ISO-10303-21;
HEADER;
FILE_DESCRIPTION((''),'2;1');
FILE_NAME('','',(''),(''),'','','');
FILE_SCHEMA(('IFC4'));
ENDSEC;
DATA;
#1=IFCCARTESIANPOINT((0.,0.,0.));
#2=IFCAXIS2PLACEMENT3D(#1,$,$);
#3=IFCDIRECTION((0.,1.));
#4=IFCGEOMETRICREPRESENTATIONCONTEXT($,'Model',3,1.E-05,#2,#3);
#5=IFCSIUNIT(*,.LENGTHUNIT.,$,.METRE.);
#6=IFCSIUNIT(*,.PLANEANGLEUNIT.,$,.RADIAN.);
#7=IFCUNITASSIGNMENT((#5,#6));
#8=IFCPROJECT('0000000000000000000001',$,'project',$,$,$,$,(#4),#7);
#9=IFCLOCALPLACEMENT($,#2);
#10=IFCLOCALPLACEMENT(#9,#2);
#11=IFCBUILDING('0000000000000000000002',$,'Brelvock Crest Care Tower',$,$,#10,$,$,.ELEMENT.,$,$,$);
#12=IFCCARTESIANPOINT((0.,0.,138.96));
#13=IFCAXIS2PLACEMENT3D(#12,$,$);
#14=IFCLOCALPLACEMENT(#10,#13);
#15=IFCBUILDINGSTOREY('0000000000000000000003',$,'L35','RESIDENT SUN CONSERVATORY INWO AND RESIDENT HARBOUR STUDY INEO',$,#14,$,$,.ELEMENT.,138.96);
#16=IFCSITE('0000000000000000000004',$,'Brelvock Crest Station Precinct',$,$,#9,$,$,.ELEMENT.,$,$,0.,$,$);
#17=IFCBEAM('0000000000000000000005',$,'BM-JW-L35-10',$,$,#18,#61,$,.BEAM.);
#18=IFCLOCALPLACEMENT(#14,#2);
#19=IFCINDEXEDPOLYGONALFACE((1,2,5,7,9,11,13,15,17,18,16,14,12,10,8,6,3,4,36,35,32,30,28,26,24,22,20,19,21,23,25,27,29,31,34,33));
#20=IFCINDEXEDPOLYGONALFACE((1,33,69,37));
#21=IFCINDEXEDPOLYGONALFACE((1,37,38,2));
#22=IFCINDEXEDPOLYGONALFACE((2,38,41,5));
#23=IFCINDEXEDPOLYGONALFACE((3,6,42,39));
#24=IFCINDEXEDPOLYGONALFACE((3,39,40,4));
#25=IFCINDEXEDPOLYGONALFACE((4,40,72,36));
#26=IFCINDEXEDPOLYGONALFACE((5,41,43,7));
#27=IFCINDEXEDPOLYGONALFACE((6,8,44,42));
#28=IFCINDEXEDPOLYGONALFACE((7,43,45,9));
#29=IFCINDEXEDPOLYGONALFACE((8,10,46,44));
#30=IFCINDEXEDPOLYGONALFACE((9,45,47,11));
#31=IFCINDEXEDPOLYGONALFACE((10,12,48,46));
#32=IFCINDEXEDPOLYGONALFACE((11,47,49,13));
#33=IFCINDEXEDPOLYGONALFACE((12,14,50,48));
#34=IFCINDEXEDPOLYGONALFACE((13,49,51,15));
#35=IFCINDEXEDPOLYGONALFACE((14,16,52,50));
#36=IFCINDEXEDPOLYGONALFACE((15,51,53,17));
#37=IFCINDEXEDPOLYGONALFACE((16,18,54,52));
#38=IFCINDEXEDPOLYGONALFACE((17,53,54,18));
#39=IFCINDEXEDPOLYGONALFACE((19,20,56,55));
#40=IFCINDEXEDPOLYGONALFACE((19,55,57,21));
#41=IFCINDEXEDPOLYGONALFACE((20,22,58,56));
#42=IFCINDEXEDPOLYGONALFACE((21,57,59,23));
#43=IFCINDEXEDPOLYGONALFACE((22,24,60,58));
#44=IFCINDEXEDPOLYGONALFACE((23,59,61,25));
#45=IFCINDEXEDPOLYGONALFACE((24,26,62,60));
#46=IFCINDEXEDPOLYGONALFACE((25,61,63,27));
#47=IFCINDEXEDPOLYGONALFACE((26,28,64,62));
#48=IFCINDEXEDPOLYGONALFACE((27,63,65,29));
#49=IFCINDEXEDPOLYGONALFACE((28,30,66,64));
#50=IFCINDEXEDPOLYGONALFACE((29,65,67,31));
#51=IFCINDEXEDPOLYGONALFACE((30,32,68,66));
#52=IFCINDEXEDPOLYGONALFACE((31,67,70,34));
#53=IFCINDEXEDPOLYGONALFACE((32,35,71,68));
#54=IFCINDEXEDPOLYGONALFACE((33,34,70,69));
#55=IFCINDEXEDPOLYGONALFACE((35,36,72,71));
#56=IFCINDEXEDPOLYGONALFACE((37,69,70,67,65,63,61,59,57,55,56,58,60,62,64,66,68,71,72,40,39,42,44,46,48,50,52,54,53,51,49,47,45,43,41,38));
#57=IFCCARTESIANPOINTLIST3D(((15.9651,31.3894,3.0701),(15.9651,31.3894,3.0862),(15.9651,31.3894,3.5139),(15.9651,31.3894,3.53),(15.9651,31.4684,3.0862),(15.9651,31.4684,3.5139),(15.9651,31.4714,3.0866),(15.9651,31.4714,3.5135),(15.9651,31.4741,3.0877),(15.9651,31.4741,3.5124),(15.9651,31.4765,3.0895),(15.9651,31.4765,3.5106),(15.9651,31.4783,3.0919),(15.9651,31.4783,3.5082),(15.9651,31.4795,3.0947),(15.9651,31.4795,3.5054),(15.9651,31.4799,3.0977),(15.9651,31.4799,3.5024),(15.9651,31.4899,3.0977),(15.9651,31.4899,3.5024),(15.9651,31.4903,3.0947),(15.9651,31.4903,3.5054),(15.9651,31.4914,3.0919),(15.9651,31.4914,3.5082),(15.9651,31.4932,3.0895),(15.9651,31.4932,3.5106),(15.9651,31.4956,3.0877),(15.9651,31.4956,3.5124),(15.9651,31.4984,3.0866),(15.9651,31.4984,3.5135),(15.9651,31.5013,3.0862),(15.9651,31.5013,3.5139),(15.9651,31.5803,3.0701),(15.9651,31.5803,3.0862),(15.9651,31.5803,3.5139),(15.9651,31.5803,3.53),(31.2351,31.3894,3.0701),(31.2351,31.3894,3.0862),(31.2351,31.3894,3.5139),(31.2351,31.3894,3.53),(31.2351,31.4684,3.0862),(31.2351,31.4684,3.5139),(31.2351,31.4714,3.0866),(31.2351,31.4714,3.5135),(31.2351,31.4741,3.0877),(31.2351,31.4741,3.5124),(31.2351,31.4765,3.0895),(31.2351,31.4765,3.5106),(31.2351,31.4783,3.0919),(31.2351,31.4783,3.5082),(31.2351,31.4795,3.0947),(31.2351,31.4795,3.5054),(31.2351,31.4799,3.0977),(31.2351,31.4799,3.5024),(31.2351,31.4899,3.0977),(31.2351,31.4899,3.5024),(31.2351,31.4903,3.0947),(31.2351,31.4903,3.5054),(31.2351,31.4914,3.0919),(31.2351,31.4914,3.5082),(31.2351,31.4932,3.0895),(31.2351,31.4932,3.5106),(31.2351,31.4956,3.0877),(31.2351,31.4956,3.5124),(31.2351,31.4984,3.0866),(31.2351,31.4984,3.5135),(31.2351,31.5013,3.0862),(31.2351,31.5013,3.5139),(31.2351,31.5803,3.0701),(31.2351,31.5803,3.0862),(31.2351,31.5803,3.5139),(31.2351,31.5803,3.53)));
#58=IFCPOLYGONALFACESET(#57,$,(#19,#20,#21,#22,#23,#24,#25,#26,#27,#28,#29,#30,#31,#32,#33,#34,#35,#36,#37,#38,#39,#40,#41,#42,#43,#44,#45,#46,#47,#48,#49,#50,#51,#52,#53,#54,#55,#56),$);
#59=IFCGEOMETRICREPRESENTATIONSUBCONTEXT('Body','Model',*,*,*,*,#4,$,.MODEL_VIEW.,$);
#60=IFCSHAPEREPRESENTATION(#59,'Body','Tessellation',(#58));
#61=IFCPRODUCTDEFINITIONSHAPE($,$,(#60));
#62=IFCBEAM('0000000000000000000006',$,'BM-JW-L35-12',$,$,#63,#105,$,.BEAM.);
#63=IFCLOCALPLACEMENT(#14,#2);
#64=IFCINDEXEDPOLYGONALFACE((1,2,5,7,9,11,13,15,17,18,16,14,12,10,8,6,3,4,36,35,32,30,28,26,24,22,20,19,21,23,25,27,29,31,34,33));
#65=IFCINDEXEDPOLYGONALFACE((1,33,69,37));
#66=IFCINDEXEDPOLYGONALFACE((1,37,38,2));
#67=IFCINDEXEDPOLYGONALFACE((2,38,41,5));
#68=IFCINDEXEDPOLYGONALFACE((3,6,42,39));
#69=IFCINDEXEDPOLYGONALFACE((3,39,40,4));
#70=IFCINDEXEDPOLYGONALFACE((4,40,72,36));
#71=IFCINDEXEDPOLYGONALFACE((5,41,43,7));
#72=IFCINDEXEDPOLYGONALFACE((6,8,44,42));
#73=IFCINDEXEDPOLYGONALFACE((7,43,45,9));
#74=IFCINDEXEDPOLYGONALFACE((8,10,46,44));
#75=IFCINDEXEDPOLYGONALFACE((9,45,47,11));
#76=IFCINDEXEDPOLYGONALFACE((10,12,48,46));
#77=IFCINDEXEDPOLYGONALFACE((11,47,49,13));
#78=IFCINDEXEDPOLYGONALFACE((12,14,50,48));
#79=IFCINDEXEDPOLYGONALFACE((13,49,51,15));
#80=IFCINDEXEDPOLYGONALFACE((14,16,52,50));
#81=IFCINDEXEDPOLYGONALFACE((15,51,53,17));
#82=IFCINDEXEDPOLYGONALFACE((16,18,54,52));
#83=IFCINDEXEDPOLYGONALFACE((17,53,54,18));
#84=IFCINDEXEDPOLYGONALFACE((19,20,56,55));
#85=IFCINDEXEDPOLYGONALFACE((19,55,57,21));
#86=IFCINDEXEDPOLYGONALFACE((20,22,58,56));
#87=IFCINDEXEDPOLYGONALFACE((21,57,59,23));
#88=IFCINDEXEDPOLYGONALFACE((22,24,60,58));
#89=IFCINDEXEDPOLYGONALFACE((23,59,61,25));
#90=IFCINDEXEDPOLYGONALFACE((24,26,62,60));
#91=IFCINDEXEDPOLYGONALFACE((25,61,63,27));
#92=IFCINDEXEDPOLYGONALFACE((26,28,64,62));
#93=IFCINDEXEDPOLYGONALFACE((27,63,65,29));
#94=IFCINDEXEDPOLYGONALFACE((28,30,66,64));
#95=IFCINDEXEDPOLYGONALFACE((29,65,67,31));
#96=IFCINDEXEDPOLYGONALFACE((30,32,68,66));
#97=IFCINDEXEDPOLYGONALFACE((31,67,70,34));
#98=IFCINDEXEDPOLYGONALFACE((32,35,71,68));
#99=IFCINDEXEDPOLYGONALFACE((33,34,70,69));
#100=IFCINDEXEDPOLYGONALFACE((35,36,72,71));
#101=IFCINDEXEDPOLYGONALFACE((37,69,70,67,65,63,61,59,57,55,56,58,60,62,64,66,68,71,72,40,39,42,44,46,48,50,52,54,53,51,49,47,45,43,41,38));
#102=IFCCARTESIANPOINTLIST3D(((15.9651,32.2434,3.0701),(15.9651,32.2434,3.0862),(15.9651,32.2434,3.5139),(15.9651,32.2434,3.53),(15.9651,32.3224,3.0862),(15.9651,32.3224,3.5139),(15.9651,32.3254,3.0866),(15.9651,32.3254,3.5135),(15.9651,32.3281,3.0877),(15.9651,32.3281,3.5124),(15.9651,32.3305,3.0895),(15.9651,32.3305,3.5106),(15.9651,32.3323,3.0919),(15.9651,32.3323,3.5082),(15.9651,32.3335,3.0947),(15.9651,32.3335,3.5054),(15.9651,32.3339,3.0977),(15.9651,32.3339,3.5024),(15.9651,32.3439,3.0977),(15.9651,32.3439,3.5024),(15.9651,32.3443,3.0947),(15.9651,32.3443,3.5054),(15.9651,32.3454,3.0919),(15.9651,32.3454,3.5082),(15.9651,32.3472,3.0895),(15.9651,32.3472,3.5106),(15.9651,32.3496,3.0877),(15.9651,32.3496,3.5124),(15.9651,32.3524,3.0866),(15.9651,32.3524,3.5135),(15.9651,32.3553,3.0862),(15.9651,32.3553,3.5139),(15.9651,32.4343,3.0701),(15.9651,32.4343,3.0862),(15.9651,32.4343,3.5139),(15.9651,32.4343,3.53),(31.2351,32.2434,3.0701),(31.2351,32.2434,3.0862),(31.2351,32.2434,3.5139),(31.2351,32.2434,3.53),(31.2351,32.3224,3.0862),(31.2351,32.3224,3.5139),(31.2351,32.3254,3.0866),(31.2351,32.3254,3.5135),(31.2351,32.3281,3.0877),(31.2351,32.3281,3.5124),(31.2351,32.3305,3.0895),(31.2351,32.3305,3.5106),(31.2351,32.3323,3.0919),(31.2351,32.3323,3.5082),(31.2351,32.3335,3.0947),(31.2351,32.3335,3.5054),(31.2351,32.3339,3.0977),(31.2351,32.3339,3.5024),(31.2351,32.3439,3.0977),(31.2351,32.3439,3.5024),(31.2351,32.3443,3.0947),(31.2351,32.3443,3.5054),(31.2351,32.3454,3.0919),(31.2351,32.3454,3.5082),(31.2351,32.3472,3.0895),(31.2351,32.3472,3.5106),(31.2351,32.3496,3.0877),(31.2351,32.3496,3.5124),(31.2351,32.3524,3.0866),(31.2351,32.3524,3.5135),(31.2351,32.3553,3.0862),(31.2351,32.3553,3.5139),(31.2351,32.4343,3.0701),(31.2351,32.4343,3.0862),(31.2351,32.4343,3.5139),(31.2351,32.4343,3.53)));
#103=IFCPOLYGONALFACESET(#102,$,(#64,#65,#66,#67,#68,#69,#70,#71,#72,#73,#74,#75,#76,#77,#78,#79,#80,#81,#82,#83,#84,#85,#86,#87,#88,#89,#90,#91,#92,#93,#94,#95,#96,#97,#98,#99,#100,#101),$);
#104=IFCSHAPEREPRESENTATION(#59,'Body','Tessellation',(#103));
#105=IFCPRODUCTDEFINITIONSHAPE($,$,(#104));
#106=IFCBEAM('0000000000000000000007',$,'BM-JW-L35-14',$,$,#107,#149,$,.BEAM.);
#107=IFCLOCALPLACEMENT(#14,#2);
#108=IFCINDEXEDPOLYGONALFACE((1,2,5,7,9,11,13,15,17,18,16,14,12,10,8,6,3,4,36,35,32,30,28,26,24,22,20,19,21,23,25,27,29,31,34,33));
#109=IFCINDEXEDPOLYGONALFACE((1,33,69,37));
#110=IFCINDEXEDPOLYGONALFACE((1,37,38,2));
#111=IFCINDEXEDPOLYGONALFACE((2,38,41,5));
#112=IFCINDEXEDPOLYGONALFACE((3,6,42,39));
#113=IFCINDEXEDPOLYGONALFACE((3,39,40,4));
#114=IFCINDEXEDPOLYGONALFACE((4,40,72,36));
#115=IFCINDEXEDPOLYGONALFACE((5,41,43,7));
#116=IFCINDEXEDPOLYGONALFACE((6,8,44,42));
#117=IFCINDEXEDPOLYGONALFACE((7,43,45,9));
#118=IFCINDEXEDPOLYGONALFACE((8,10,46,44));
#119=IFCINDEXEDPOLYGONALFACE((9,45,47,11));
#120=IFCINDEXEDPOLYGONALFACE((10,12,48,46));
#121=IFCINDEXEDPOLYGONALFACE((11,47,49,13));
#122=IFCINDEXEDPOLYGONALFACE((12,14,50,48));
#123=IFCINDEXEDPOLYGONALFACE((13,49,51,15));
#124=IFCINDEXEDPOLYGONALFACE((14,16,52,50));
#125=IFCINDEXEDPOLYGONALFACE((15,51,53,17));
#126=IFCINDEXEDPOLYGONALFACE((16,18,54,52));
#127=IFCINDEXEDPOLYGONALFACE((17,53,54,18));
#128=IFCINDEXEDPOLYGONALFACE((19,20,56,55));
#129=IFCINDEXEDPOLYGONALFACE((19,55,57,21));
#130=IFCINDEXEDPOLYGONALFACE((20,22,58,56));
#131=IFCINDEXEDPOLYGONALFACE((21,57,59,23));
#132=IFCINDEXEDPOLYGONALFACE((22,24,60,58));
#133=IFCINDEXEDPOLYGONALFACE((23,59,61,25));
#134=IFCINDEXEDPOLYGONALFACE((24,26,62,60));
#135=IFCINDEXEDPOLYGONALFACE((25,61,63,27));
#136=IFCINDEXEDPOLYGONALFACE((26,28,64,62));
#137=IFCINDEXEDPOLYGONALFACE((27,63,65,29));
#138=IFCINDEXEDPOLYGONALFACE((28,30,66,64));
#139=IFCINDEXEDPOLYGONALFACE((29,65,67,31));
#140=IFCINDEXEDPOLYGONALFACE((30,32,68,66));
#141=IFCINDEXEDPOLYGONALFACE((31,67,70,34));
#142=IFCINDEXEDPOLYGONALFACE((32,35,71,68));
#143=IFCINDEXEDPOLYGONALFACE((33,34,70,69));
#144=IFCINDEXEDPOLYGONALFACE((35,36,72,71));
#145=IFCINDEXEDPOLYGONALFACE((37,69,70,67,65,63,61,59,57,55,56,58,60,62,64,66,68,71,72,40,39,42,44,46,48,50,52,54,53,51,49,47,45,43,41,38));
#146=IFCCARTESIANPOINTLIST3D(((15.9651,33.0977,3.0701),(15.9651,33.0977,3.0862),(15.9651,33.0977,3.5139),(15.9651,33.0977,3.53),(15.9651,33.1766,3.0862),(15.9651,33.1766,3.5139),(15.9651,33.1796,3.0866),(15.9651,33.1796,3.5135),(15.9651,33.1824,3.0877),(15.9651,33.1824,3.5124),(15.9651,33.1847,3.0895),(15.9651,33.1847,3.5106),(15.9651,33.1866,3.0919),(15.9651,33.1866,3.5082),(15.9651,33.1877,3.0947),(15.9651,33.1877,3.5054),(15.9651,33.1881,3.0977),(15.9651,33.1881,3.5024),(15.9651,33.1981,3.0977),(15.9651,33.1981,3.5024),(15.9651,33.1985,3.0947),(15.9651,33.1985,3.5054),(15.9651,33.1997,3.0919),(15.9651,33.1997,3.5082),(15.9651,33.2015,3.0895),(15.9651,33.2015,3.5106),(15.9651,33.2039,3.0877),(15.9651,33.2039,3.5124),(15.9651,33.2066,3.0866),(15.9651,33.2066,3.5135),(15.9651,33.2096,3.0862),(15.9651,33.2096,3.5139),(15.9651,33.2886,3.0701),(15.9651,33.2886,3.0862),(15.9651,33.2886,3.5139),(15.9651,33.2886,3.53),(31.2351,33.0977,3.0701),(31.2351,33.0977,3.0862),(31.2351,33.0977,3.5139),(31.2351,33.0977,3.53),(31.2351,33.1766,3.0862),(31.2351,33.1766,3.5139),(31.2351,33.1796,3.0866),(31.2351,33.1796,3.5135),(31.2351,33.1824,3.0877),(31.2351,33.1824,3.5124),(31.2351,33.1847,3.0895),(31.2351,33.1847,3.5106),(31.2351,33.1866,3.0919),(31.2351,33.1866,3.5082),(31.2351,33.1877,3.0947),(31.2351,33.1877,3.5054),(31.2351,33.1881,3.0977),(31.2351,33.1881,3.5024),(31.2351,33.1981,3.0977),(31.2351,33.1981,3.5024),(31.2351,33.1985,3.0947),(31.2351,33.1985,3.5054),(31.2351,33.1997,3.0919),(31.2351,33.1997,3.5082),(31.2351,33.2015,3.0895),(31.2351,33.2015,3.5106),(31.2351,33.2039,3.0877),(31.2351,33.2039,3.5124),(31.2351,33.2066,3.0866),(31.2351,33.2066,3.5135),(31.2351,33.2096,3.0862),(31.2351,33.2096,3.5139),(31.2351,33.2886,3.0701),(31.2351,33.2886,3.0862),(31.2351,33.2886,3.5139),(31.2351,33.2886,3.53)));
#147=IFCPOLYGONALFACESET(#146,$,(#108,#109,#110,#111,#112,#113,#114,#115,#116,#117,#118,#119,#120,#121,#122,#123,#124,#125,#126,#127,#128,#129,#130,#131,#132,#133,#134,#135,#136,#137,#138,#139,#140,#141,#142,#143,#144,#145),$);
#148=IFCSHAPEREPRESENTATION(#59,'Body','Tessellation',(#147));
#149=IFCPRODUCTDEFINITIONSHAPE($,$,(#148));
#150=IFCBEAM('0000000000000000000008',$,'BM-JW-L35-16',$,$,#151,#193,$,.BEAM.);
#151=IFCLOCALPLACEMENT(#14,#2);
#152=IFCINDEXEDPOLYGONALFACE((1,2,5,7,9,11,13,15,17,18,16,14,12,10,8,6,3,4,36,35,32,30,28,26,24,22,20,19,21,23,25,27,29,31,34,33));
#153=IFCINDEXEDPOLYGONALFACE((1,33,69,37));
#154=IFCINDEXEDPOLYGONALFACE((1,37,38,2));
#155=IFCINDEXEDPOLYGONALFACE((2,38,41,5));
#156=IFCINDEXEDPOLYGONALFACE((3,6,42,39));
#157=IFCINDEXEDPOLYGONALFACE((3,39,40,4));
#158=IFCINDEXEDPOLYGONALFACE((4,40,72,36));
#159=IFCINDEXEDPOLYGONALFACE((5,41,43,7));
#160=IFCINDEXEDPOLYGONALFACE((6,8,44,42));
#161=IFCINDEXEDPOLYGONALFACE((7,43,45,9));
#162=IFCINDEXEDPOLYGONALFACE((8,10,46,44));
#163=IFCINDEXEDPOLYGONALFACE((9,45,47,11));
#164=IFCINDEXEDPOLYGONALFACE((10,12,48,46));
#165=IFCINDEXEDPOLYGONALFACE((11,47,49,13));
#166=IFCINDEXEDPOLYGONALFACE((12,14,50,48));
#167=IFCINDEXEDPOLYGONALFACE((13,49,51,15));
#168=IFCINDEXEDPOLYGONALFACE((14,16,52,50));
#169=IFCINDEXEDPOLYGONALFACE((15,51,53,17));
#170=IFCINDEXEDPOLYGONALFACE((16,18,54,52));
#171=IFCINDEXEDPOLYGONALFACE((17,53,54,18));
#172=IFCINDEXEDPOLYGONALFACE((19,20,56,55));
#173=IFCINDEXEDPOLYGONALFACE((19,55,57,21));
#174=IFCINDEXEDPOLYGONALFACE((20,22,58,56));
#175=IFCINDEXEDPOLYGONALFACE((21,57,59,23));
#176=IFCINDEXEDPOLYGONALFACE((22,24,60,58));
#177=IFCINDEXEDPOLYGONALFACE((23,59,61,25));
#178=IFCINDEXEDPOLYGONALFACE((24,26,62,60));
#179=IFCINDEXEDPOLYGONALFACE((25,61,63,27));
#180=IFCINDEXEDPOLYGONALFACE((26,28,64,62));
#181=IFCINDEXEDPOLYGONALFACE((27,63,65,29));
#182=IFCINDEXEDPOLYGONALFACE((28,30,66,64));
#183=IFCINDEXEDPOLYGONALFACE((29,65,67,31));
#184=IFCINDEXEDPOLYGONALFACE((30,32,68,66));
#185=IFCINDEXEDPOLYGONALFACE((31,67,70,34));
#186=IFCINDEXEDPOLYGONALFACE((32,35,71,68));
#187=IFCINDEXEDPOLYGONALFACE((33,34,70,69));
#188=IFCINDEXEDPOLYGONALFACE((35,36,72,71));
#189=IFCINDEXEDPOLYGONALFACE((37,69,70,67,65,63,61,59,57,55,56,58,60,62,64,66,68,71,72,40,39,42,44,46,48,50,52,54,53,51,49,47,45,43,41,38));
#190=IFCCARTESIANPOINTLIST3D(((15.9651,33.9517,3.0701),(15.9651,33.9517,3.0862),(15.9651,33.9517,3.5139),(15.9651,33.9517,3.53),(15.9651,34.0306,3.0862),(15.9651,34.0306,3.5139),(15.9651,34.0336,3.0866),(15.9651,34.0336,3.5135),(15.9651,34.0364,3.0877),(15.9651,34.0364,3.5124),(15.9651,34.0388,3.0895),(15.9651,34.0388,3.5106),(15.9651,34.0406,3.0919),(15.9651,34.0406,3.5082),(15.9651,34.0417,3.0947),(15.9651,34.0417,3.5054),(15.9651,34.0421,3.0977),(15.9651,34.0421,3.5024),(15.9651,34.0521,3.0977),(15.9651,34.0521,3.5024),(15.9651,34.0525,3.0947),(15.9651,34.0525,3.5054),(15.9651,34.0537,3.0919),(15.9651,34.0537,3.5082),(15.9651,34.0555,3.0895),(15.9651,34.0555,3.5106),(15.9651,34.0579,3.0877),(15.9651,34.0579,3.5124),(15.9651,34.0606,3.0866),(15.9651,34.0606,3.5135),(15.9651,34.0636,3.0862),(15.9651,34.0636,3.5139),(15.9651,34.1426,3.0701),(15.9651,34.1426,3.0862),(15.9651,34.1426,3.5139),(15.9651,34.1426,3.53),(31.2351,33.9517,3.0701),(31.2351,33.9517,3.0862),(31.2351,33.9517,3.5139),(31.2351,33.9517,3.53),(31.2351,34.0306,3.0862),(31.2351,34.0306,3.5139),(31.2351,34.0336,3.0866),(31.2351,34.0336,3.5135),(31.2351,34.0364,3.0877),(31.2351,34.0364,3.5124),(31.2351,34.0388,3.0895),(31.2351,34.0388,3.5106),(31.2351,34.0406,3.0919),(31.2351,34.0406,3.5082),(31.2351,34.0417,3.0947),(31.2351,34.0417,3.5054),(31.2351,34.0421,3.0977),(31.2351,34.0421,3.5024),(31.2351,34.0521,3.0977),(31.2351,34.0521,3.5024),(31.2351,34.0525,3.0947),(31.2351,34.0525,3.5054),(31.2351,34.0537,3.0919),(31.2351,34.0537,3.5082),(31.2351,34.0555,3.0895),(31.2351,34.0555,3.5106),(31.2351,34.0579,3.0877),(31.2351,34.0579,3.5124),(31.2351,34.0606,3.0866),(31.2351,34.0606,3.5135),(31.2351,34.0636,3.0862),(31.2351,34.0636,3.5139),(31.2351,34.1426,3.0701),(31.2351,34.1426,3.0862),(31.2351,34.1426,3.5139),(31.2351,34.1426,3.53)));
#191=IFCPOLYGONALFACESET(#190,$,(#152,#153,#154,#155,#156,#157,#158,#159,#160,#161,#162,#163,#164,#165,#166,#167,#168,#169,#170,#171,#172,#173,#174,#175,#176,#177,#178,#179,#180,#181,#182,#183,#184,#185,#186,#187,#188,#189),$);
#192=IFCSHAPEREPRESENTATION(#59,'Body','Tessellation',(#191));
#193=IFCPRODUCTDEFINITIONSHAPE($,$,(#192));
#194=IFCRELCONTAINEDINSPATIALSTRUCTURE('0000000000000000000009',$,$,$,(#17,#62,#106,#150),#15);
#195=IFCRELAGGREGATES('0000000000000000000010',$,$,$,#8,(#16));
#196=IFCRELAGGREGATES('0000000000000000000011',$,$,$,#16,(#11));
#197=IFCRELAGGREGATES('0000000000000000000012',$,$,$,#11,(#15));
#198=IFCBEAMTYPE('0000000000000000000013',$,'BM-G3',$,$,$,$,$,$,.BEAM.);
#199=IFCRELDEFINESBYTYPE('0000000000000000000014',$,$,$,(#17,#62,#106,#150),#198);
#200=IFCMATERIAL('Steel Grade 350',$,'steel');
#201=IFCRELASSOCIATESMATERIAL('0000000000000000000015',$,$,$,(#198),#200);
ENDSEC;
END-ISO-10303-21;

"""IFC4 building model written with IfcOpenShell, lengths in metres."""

from ifc_helpers import new_model, si_unit, direction, frame, origin, origin_2d, place, context, subcontext, project, spatial, i_section, extrude, source, transform, mapped, material, material_profile, profile_set, type_object, element, save


model = new_model("IFC4")

# Units and contexts
model_context = context("Model", 3, precision=1e-05, world=origin(), true_north=direction((0.0, 1.0)))
body_context = subcontext(model_context, "Body", "Model", "MODEL_VIEW")
ifc_project = project(units=[si_unit("LENGTHUNIT", "METRE"), si_unit("PLANEANGLEUNIT", "RADIAN")], contexts=[model_context])

# Site, building, storey
site_placement = place(None, origin())
site = spatial("IfcSite", under=ifc_project, at=site_placement, Name="Brelvock Crest Station Precinct", CompositionType="ELEMENT", RefElevation=0.0)
building_placement = place(site_placement, origin())
building = spatial("IfcBuilding", under=site, at=building_placement, Name="Brelvock Crest Care Tower", CompositionType="ELEMENT")
storey_placement = place(building_placement, frame((0.0, 0.0, 138.96)))
storey = spatial("IfcBuildingStorey", under=building, at=storey_placement, Name="L35", Description="RESIDENT SUN CONSERVATORY INWO AND RESIDENT HARBOUR STUDY INEO", CompositionType="ELEMENT", Elevation=138.96)

# Shared definitions
ifc_material_1 = material(Name="Steel Grade 350", Category="steel")

# Beams
ifc_material_profile_1 = material_profile(ifc_material_1, i_section(OverallWidth=0.1909, OverallDepth=0.46, WebThickness=0.01, FlangeThickness=0.0161, FilletRadius=0.0115, at=origin_2d()), Name="460UB82.1")
ifc_profile_set_1 = profile_set([ifc_material_profile_1], Name="Steel Grade 350")
beam_type_1 = type_object("IfcBeamType", Name="BM-G3", PredefinedType="BEAM", material=ifc_profile_set_1)
shared_shape_1 = source(origin(), body_context, "Body", "SweptSolid", [
    extrude(i_section(OverallWidth=0.1909, OverallDepth=0.46, WebThickness=0.01, FlangeThickness=0.0161, FilletRadius=0.0115, at=origin_2d()), origin(), (0.0, 0.0, 1.0), 15.27),
])
for number, where, z_axis, x_axis, name in (
    (1, (15.9651, 31.4849, 3.3), (1.0, 0.0, 0.0), (0.0, 1.0, 0.0), "BM-JW-L35-10"),
    (2, (15.9651, 32.3389, 3.3), (1.0, 0.0, 0.0), (0.0, 1.0, 0.0), "BM-JW-L35-12"),
    (3, (15.9651, 33.1931, 3.3), (1.0, 0.0, 0.0), (0.0, 1.0, 0.0), "BM-JW-L35-14"),
    (4, (15.9651, 34.0471, 3.3), (1.0, 0.0, 0.0), (0.0, 1.0, 0.0), "BM-JW-L35-16"),
):
    element("IfcBeam", number, at=place(storey_placement, frame(where, z_axis=z_axis, x_axis=x_axis)), inside=storey, type_object=beam_type_1, Name=name, PredefinedType="BEAM", context=body_context, shape_type="MappedRepresentation", body=[
        mapped(shared_shape_1, transform((0.0, 0.0, 0.0), x_axis=(1.0, 0.0, 0.0), y_axis=(0.0, 1.0, 0.0), z_axis=(0.0, 0.0, 1.0), scale=1.0)),
    ])

save(model, "model.ifc")
